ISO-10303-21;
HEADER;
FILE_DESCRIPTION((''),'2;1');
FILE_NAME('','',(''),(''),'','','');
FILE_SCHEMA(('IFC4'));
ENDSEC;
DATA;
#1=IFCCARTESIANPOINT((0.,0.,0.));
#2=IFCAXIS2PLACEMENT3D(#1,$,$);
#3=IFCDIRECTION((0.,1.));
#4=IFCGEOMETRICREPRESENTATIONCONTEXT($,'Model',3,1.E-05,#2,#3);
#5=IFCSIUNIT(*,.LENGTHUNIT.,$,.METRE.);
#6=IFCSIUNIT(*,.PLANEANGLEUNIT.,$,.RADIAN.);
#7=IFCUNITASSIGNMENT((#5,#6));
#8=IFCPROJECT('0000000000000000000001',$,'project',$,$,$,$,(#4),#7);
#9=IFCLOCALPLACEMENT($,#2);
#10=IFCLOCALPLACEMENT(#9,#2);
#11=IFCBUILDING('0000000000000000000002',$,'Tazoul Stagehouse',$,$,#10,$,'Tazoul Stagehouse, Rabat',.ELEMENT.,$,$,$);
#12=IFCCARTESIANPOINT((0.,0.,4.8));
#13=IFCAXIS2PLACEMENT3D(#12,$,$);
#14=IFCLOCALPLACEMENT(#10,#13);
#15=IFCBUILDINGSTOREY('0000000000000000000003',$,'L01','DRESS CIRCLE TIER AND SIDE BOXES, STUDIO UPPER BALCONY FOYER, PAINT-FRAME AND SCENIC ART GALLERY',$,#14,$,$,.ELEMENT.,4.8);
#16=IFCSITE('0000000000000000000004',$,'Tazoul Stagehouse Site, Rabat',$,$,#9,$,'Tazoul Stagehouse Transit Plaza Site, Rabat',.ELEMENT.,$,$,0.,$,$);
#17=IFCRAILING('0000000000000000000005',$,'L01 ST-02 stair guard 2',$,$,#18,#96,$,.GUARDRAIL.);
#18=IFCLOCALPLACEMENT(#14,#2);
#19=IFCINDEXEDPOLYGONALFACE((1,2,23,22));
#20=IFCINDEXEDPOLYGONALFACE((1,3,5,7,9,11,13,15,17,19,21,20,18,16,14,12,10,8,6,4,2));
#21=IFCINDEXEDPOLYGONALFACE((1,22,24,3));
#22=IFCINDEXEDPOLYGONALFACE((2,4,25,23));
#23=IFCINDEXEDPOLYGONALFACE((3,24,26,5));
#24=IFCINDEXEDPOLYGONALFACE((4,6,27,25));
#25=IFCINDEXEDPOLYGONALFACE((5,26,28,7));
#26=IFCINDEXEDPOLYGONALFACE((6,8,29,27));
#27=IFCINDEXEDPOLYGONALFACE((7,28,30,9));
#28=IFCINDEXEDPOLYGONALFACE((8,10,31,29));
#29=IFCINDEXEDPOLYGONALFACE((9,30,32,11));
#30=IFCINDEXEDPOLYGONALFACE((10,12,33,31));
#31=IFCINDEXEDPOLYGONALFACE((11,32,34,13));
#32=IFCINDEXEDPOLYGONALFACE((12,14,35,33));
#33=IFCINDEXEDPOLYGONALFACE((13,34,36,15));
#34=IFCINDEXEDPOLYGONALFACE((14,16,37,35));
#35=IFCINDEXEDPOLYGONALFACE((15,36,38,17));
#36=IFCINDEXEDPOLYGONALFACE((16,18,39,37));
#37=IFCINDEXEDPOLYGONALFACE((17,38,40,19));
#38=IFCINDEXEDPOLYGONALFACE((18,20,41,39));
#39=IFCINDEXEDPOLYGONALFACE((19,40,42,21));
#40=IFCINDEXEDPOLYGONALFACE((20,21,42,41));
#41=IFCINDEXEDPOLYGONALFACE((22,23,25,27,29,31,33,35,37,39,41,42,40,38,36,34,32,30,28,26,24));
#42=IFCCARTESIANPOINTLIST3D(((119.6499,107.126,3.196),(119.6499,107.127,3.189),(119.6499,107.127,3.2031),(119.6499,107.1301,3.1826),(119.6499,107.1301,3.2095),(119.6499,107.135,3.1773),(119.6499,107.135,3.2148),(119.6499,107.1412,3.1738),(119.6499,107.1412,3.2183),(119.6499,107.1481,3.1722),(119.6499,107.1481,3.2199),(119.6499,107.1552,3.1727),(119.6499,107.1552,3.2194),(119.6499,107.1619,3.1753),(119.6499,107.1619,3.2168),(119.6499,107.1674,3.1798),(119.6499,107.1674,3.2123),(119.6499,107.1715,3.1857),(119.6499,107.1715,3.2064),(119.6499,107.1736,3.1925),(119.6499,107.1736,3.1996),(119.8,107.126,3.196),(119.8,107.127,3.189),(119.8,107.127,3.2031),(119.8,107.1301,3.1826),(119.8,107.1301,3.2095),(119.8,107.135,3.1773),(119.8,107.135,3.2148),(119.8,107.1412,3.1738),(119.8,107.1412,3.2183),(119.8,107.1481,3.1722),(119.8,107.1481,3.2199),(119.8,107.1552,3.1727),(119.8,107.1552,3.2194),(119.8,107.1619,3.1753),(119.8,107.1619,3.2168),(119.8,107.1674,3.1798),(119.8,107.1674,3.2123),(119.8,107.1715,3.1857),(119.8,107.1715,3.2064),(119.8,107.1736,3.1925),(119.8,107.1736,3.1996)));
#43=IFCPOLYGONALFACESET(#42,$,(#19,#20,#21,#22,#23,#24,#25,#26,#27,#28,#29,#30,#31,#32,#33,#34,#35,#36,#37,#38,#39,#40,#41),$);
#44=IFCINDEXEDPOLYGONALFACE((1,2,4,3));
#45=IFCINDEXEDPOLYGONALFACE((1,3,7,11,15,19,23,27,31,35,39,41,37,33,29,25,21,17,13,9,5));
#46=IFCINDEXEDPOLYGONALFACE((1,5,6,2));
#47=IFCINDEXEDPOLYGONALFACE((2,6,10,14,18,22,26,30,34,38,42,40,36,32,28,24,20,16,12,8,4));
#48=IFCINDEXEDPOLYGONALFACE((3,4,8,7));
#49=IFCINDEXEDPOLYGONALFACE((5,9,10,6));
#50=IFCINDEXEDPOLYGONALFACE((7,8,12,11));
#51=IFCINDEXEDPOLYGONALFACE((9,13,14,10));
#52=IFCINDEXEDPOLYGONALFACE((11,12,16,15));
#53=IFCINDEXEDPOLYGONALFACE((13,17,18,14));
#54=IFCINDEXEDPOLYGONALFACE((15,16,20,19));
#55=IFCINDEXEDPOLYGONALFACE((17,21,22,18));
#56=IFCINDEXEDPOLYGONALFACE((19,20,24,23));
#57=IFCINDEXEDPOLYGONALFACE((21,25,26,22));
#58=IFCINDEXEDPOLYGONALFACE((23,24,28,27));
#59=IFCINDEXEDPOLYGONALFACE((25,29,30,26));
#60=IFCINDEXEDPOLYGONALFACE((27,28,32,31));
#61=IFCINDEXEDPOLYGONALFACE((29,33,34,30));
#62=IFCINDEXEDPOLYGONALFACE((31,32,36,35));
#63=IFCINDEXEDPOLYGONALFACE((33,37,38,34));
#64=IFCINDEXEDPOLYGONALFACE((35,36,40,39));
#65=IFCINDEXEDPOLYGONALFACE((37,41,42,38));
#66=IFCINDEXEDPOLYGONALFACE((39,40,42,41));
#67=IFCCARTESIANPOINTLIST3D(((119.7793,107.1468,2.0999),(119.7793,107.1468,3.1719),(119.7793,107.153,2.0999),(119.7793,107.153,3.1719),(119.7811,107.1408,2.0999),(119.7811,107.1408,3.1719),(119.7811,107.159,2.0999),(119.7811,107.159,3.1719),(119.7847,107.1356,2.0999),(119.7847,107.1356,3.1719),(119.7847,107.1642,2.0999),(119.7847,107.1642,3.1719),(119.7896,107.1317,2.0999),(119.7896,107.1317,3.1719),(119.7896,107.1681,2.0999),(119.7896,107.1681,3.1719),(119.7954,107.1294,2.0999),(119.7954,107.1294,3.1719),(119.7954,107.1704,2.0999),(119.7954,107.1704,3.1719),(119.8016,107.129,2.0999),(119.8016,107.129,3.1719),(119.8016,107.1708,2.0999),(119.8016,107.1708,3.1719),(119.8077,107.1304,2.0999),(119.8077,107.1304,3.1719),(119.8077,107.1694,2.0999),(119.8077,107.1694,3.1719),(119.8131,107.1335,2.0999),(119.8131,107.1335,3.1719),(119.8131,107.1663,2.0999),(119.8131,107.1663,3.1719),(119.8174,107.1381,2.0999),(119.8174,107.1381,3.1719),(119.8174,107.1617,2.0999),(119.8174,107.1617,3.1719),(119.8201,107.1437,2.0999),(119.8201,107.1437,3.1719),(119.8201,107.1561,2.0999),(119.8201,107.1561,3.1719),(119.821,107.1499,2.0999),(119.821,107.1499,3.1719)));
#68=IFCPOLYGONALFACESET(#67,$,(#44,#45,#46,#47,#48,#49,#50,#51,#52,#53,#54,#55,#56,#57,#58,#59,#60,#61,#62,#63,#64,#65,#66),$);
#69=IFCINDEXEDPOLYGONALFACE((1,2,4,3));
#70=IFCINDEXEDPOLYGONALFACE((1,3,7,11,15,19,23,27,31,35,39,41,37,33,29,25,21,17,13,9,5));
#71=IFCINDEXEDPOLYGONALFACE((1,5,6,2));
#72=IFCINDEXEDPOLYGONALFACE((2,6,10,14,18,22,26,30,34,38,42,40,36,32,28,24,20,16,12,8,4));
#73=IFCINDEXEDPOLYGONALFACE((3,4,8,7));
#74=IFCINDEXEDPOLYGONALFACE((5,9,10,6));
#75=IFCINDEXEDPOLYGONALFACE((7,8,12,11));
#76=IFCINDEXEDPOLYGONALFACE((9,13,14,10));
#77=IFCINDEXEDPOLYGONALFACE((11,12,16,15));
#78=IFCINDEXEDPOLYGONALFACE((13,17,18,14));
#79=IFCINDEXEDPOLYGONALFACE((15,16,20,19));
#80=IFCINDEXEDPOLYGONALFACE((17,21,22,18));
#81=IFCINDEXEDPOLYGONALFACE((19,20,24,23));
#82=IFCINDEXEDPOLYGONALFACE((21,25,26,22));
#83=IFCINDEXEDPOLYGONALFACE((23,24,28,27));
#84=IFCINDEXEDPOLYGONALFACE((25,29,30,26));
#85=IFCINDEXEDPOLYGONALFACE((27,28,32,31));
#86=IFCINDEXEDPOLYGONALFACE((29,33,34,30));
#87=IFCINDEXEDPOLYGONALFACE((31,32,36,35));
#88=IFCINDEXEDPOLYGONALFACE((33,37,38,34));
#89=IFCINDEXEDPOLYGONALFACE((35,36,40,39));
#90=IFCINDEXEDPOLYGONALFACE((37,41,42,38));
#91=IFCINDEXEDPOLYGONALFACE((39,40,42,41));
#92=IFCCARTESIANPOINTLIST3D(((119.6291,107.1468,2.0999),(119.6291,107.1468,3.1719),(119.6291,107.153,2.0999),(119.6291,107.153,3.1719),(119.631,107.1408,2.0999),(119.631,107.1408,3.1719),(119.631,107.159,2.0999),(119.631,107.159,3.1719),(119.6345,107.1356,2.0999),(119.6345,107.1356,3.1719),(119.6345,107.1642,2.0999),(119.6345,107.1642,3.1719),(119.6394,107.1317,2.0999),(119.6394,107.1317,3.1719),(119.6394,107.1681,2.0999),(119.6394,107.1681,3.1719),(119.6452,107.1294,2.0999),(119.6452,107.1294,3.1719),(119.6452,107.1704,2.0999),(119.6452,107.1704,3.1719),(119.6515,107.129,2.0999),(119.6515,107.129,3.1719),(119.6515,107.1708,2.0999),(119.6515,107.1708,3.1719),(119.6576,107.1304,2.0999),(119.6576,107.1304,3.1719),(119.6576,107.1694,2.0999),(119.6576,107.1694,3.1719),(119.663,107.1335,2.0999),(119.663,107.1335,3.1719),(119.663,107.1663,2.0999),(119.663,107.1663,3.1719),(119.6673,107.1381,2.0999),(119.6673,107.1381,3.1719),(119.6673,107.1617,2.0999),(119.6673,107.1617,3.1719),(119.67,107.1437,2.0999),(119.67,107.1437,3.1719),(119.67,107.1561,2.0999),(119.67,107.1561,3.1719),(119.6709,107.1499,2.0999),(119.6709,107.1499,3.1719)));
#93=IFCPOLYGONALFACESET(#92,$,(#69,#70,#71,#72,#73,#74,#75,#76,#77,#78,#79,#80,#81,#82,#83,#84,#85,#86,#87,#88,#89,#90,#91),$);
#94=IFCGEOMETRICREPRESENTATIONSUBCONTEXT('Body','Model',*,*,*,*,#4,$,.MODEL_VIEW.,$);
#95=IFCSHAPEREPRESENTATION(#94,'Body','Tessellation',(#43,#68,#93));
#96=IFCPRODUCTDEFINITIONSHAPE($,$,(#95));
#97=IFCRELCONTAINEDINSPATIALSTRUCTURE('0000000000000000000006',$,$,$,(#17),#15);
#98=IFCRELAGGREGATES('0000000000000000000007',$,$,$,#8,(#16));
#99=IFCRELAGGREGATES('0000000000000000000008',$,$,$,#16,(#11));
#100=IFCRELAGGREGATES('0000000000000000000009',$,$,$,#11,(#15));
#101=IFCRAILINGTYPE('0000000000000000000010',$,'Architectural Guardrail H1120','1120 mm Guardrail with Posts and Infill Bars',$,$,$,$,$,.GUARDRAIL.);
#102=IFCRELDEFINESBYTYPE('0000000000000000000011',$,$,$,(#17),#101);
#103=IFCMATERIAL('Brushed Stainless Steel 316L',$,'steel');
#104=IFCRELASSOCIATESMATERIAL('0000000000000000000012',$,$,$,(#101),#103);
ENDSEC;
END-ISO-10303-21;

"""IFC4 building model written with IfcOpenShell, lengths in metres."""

from ifc_helpers import new_model, si_unit, direction, frame, origin, origin_2d, place, context, subcontext, project, spatial, circle, extrude, material, material_profile, profile_set, type_object, element, save


model = new_model("IFC4")

# Units and contexts
model_context = context("Model", 3, precision=1e-05, world=origin(), true_north=direction((0.0, 1.0)))
body_context = subcontext(model_context, "Body", "Model", "MODEL_VIEW")
ifc_project = project(units=[si_unit("LENGTHUNIT", "METRE"), si_unit("PLANEANGLEUNIT", "RADIAN")], contexts=[model_context])

# Site, building, storey
site_placement = place(None, origin())
site = spatial("IfcSite", under=ifc_project, at=site_placement, Name="Tazoul Stagehouse Site, Rabat", LongName="Tazoul Stagehouse Transit Plaza Site, Rabat", CompositionType="ELEMENT", RefElevation=0.0)
building_placement = place(site_placement, origin())
building = spatial("IfcBuilding", under=site, at=building_placement, Name="Tazoul Stagehouse", LongName="Tazoul Stagehouse, Rabat", CompositionType="ELEMENT")
storey_placement = place(building_placement, frame((0.0, 0.0, 4.8)))
storey = spatial("IfcBuildingStorey", under=building, at=storey_placement, Name="L01", Description="DRESS CIRCLE TIER AND SIDE BOXES, STUDIO UPPER BALCONY FOYER, PAINT-FRAME AND SCENIC ART GALLERY", CompositionType="ELEMENT", Elevation=4.8)

# Railing
ifc_material_1 = material(Name="Brushed Stainless Steel 316L", Category="steel")
ifc_material_profile_1 = material_profile(ifc_material_1, circle(Radius=0.0239, at=origin_2d()), Name="SS RAIL D48")
ifc_profile_set_1 = profile_set([ifc_material_profile_1], Name="Brushed Stainless Steel 316L")
railing_type_1 = type_object("IfcRailingType", Name="Architectural Guardrail H1120", Description="1120 mm Guardrail with Posts and Infill Bars", PredefinedType="GUARDRAIL", material=ifc_profile_set_1)
railing_1_placement = place(storey_placement, frame((119.8, 107.1499, 2.0999)))
element("IfcRailing", 1, at=railing_1_placement, inside=storey, type_object=railing_type_1, Name="L01 ST-02 stair guard 2", PredefinedType="GUARDRAIL", context=body_context, shape_type="SweptSolid", body=[
    extrude(circle(Radius=0.0239, at=origin_2d()), frame((0.0, 0.0, 1.0962), z_axis=(-1.0, 0.0, 0.0), x_axis=(0.0, -1.0, 0.0)), (0.0, 0.0, 1.0), 0.1501),
    extrude(circle(Radius=0.021, at=origin_2d()), origin(), (0.0, 0.0, 1.0), 1.072),
    extrude(circle(Radius=0.021, at=origin_2d()), frame((-0.1501, 0.0, 0.0)), (0.0, 0.0, 1.0), 1.072),
])

save(model, "model.ifc")
